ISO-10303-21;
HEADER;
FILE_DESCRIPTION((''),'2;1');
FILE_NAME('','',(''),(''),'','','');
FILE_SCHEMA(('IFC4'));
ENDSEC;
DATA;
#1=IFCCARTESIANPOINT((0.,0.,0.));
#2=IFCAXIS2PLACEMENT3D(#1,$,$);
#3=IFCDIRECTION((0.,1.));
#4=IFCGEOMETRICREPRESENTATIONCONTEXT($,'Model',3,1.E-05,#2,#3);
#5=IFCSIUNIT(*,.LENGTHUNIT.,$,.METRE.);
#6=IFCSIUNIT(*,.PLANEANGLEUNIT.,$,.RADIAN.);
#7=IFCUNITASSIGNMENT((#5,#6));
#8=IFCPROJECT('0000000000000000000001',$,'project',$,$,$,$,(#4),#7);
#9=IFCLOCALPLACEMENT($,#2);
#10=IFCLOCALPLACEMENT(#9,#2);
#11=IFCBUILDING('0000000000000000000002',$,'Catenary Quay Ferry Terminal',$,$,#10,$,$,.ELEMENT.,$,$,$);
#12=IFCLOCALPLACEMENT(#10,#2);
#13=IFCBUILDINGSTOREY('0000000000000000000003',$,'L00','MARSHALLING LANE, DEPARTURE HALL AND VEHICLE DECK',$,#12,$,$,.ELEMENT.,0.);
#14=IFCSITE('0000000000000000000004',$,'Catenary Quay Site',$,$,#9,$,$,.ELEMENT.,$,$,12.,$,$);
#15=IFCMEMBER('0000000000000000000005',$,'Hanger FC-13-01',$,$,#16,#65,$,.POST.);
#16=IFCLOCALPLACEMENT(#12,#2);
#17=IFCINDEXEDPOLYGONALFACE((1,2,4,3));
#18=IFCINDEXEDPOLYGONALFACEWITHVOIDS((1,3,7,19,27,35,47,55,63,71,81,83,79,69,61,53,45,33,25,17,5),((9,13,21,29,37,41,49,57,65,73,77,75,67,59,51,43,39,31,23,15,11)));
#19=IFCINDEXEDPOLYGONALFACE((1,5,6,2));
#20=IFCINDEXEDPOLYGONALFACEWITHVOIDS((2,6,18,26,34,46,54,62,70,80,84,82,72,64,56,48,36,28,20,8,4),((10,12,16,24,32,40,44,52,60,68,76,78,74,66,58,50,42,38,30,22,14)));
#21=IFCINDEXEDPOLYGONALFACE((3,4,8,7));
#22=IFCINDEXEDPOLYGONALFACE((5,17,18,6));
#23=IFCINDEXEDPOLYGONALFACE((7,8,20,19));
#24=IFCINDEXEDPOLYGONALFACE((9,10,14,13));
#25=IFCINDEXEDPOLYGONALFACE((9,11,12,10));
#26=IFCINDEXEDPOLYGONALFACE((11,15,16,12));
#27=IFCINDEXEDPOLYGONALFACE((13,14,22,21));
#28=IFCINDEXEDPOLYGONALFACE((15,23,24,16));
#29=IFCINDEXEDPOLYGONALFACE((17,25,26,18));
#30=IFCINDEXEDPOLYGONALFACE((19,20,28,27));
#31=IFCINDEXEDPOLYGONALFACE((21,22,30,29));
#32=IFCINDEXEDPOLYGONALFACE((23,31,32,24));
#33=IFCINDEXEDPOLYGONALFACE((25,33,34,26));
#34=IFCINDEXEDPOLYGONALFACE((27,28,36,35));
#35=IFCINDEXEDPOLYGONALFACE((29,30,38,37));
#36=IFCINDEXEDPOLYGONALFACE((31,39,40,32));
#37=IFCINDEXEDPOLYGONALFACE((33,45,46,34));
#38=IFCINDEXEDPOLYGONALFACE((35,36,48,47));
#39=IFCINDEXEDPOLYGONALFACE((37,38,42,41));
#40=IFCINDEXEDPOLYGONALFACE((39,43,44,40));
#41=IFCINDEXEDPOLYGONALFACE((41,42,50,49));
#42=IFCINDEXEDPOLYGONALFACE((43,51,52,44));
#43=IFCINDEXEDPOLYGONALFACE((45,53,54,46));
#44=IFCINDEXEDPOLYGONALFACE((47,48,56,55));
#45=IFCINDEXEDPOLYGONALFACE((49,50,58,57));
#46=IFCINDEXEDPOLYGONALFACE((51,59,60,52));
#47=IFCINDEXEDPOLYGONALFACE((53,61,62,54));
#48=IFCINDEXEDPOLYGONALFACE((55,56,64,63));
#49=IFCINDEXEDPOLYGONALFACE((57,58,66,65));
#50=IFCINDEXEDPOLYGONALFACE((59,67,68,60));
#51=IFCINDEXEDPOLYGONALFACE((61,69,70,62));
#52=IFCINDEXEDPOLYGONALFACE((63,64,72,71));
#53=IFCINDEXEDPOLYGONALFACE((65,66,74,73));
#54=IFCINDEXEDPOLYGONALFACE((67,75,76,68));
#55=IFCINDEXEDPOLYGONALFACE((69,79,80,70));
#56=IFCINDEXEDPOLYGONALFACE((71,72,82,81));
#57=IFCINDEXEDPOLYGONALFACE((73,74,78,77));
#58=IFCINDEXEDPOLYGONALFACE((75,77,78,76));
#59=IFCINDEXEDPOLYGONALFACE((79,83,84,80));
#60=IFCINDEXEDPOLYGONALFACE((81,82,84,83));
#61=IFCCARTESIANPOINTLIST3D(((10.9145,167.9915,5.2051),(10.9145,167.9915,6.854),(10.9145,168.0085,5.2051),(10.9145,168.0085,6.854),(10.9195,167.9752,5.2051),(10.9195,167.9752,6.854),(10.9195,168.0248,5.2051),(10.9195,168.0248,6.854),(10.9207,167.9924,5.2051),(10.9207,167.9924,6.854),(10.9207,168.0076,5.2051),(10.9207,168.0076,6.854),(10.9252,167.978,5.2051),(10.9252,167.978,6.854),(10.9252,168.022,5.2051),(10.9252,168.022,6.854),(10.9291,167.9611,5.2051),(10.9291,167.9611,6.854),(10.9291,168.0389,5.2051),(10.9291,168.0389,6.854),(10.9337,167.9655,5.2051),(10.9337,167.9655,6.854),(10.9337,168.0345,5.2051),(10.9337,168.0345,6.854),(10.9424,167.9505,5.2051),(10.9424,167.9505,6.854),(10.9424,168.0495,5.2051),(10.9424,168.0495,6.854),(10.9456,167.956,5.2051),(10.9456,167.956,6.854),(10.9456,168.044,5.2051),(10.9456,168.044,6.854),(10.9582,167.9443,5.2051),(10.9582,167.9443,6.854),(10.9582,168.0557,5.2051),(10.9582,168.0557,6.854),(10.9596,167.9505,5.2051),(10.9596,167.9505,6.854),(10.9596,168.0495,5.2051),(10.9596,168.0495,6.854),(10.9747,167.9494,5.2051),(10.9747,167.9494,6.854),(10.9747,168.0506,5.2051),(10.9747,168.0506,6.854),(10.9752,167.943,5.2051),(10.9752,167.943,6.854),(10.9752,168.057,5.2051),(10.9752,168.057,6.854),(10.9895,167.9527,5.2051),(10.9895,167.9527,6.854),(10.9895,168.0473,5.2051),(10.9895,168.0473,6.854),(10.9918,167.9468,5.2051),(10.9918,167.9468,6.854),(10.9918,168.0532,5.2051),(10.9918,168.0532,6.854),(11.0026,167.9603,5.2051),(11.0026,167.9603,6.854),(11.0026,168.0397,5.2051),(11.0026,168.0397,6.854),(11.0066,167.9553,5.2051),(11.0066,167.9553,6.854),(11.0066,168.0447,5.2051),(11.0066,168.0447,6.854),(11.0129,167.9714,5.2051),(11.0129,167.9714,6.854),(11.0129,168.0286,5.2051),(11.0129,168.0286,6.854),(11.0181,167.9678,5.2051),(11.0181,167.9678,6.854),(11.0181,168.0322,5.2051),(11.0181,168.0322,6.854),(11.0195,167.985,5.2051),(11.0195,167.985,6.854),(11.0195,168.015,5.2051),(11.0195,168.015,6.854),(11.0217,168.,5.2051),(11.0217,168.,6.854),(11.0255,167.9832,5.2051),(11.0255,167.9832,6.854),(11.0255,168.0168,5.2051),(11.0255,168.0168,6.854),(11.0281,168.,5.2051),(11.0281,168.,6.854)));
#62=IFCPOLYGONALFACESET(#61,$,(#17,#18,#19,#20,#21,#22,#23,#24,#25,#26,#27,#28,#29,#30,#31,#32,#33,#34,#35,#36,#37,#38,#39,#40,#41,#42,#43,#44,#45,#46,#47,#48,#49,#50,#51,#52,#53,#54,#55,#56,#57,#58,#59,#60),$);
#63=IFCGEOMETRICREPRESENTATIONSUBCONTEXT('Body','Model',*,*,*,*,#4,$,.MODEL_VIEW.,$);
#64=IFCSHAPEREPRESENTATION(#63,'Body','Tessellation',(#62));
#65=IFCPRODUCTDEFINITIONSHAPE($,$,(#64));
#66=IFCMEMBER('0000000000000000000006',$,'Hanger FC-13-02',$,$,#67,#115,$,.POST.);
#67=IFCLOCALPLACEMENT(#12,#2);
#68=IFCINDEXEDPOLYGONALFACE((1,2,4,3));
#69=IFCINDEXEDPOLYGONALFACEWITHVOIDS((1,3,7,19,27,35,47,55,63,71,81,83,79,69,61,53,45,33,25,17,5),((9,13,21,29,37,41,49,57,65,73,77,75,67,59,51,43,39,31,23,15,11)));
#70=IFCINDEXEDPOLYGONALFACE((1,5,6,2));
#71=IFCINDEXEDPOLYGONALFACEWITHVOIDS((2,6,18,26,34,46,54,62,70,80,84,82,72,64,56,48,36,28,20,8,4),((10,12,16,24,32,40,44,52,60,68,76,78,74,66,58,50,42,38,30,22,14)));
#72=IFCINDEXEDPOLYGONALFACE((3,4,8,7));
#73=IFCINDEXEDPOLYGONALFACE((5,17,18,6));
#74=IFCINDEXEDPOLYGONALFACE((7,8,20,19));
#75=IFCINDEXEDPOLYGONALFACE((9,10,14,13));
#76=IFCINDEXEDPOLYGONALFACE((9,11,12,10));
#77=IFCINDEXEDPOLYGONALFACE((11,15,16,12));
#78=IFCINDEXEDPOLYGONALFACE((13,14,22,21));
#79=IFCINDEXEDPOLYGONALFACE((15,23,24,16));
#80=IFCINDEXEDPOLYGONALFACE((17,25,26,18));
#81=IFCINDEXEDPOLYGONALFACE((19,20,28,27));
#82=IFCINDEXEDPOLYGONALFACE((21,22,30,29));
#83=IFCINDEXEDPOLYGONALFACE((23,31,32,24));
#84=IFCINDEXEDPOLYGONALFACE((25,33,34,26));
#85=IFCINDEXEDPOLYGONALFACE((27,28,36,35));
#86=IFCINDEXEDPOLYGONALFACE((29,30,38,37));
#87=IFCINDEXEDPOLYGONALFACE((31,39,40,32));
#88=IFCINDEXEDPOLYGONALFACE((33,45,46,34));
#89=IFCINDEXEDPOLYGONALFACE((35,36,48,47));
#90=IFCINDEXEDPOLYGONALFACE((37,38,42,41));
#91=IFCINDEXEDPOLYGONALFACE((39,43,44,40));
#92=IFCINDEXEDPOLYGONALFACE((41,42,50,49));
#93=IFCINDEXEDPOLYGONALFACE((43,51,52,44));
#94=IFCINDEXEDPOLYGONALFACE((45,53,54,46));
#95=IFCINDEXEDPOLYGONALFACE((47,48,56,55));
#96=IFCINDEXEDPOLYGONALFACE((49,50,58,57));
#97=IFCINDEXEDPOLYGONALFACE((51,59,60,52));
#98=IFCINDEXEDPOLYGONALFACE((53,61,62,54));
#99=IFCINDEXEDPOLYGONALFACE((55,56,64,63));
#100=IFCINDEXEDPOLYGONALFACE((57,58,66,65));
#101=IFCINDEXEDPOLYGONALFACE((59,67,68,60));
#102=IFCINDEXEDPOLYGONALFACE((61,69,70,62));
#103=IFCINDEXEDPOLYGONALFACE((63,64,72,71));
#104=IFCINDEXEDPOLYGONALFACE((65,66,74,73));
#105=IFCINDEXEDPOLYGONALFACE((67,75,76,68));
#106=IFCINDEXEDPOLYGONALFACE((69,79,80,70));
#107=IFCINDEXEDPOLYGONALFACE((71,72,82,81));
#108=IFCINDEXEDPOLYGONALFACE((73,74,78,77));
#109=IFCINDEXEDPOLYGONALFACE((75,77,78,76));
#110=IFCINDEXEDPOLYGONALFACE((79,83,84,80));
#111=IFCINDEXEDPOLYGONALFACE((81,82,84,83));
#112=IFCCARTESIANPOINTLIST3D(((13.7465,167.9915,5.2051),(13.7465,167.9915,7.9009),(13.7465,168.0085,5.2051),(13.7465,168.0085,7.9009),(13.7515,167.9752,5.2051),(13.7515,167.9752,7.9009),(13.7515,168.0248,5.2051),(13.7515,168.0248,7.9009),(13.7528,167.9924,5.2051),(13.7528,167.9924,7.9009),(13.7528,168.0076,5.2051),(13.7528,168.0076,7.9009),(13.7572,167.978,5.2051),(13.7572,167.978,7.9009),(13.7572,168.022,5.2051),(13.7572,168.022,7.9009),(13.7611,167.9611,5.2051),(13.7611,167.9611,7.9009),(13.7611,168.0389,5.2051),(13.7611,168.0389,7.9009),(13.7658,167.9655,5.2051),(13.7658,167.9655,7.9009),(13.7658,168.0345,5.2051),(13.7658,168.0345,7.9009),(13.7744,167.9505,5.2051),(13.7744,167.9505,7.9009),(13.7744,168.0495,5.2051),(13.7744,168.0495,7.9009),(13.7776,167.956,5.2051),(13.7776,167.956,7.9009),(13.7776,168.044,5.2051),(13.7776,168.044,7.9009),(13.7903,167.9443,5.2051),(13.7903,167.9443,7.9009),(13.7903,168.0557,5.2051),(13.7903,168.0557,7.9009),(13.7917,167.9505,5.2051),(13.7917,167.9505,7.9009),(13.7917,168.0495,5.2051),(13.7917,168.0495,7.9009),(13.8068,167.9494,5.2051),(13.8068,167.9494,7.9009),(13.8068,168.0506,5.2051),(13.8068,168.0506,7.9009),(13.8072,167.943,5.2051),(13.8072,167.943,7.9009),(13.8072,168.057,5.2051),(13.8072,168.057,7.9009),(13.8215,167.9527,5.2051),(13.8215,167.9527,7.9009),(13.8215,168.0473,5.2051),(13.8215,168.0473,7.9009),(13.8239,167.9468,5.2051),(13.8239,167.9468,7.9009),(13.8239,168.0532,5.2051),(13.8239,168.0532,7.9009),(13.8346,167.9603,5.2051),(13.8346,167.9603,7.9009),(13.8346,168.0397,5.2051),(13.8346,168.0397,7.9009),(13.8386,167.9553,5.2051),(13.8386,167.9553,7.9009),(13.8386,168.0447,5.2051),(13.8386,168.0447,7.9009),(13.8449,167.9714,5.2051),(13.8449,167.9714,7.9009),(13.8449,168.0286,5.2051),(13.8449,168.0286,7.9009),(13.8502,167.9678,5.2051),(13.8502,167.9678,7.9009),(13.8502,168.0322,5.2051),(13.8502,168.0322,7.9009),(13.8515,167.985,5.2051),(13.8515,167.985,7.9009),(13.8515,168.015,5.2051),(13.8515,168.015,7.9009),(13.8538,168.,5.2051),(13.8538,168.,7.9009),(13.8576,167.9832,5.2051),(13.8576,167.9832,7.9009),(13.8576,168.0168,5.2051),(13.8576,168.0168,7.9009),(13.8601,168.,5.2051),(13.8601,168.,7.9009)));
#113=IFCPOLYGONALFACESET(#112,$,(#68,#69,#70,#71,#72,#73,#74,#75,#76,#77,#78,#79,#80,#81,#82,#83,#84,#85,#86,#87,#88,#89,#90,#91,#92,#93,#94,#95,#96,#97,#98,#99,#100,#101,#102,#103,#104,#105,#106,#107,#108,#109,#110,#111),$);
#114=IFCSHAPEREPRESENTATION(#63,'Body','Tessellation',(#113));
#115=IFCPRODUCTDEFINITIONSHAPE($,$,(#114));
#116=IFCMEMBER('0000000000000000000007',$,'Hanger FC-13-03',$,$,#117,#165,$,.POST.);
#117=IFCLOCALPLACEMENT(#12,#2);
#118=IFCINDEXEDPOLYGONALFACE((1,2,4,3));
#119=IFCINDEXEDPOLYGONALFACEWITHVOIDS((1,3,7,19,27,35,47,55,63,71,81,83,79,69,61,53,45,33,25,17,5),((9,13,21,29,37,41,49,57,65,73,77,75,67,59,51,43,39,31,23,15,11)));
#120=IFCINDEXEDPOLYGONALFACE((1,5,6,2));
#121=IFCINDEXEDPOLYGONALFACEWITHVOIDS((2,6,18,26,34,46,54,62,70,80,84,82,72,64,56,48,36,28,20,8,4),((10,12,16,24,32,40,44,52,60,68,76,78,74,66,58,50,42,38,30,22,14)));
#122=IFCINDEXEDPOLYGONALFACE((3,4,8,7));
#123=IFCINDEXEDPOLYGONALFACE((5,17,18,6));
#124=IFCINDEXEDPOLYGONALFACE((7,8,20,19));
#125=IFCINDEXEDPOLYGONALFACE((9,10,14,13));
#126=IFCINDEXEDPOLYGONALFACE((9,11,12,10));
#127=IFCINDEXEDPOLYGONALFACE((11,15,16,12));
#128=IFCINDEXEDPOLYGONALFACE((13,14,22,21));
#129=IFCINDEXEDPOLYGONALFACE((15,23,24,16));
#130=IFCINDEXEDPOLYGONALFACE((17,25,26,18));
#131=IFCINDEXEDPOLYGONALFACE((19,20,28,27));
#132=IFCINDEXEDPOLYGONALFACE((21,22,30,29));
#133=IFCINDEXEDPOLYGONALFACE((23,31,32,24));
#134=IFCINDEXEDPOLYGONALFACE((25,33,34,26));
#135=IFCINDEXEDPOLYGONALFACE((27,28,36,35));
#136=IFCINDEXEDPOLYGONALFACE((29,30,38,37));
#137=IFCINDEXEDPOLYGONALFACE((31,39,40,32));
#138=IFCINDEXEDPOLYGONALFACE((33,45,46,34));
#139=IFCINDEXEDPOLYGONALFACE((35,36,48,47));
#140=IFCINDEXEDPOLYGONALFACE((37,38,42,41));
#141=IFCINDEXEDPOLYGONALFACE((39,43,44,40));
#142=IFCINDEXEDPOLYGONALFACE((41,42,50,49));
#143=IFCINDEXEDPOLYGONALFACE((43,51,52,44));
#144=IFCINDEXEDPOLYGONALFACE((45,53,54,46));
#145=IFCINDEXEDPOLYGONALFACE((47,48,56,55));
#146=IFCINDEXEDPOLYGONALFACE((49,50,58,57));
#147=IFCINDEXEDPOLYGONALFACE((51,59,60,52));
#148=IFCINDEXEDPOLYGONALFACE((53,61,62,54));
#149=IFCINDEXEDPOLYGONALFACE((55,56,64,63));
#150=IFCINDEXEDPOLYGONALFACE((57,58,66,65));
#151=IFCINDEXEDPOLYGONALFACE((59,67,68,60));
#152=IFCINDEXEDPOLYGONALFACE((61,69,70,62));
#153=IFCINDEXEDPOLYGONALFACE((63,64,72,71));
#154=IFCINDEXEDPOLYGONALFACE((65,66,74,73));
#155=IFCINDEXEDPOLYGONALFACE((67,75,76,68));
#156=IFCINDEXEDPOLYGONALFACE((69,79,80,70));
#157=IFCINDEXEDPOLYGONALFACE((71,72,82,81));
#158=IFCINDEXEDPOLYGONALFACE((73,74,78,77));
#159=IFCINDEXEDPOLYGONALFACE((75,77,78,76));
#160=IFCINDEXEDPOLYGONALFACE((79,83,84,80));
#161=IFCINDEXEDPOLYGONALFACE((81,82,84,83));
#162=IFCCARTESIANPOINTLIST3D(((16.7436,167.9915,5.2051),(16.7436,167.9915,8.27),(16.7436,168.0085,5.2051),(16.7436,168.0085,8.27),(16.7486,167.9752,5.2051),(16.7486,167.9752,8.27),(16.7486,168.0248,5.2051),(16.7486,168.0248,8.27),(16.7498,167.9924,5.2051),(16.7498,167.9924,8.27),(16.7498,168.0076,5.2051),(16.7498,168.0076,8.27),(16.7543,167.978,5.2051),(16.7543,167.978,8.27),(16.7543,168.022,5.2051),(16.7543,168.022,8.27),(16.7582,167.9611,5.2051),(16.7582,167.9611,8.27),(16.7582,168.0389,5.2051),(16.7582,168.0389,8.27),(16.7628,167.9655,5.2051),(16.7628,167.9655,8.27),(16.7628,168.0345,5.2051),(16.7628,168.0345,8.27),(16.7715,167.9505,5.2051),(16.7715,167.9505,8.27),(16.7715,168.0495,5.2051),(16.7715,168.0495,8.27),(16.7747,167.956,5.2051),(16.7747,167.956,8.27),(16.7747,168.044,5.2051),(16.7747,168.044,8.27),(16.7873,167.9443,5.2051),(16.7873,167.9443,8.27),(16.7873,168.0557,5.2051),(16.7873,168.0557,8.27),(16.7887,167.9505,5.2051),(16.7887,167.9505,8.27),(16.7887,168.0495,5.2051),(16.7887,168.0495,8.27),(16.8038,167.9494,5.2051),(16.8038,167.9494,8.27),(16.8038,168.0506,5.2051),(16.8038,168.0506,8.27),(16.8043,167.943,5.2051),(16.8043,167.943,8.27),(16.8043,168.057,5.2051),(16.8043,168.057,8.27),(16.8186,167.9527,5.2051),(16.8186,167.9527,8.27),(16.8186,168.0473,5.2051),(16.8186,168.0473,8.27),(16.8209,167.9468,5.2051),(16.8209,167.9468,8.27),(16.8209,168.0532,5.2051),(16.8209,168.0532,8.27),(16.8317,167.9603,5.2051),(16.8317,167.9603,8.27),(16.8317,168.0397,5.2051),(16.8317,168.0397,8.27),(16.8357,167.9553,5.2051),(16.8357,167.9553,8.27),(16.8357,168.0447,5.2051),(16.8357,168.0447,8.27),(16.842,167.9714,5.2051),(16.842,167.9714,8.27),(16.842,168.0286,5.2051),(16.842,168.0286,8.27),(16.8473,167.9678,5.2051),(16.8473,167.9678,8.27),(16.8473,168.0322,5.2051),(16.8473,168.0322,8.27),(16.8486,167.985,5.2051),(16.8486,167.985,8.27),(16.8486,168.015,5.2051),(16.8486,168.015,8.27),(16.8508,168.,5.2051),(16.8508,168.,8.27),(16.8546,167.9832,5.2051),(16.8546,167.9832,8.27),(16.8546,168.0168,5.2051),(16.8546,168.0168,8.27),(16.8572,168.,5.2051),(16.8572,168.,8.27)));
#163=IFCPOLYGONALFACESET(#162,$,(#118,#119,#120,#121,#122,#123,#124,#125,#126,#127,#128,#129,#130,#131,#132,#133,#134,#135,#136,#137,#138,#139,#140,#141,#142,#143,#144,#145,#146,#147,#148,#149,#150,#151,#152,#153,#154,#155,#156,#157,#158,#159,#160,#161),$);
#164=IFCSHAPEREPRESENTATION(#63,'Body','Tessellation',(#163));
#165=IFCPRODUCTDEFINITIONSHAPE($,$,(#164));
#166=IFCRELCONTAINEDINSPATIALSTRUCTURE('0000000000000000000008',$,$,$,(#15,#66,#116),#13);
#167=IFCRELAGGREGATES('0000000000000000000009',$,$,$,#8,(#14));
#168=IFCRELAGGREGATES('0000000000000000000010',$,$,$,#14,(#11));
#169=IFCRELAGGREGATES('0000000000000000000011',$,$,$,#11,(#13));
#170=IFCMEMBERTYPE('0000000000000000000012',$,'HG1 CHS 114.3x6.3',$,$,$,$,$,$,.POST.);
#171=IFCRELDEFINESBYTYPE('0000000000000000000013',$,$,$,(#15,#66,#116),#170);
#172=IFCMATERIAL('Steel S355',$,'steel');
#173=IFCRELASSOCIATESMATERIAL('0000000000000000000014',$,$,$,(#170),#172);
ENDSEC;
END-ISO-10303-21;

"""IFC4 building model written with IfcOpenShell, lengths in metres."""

from ifc_helpers import new_model, si_unit, direction, frame, origin, origin_2d, place, context, subcontext, project, spatial, hollow_circle, extrude, material, material_profile, profile_set, type_object, element, save


model = new_model("IFC4")

# Units and contexts
model_context = context("Model", 3, precision=1e-05, world=origin(), true_north=direction((0.0, 1.0)))
body_context = subcontext(model_context, "Body", "Model", "MODEL_VIEW")
ifc_project = project(units=[si_unit("LENGTHUNIT", "METRE"), si_unit("PLANEANGLEUNIT", "RADIAN")], contexts=[model_context])

# Site, building, storey
site_placement = place(None, origin())
site = spatial("IfcSite", under=ifc_project, at=site_placement, Name="Catenary Quay Site", CompositionType="ELEMENT", RefElevation=12.0)
building_placement = place(site_placement, origin())
building = spatial("IfcBuilding", under=site, at=building_placement, Name="Catenary Quay Ferry Terminal", CompositionType="ELEMENT")
storey_placement = place(building_placement, origin())
storey = spatial("IfcBuildingStorey", under=building, at=storey_placement, Name="L00", Description="MARSHALLING LANE, DEPARTURE HALL AND VEHICLE DECK", CompositionType="ELEMENT", Elevation=0.0)

# Members
ifc_material_1 = material(Name="Steel S355", Category="steel")
ifc_material_profile_1 = material_profile(ifc_material_1, hollow_circle(Radius=0.0571, WallThickness=0.0063, at=origin_2d()), Name="CHS 114.3x6.3")
ifc_profile_set_1 = profile_set([ifc_material_profile_1], Name="Steel S355")
member_type_1 = type_object("IfcMemberType", Name="HG1 CHS 114.3x6.3", PredefinedType="POST", material=ifc_profile_set_1)
for number, where, z_axis, x_axis, name in (
    (1, (10.9709, 168.0, 5.2051), (0.0, 0.0, 1.0), (1.0, 0.0, 0.0), "Hanger FC-13-01"),
):
    element("IfcMember", number, at=place(storey_placement, frame(where, z_axis=z_axis, x_axis=x_axis)), inside=storey, type_object=member_type_1, Name=name, PredefinedType="POST", context=body_context, shape_type="SweptSolid", body=[
        extrude(hollow_circle(Radius=0.0571, WallThickness=0.0063, at=origin_2d()), origin(), (0.0, 0.0, 1.0), 1.6489),
    ])
member_1_placement = place(storey_placement, frame((13.803, 168.0, 5.2051), z_axis=(0.0, 0.0, 1.0), x_axis=(1.0, 0.0, 0.0)))
element("IfcMember", 2, at=member_1_placement, inside=storey, type_object=member_type_1, Name="Hanger FC-13-02", PredefinedType="POST", context=body_context, shape_type="SweptSolid", body=[
    extrude(hollow_circle(Radius=0.0571, WallThickness=0.0063, at=origin_2d()), origin(), (0.0, 0.0, 1.0), 2.6958),
])
member_2_placement = place(storey_placement, frame((16.8, 168.0, 5.2051), z_axis=(0.0, 0.0, 1.0), x_axis=(1.0, 0.0, 0.0)))
element("IfcMember", 3, at=member_2_placement, inside=storey, type_object=member_type_1, Name="Hanger FC-13-03", PredefinedType="POST", context=body_context, shape_type="SweptSolid", body=[
    extrude(hollow_circle(Radius=0.0571, WallThickness=0.0063, at=origin_2d()), origin(), (0.0, 0.0, 1.0), 3.0649),
])

save(model, "model.ifc")
